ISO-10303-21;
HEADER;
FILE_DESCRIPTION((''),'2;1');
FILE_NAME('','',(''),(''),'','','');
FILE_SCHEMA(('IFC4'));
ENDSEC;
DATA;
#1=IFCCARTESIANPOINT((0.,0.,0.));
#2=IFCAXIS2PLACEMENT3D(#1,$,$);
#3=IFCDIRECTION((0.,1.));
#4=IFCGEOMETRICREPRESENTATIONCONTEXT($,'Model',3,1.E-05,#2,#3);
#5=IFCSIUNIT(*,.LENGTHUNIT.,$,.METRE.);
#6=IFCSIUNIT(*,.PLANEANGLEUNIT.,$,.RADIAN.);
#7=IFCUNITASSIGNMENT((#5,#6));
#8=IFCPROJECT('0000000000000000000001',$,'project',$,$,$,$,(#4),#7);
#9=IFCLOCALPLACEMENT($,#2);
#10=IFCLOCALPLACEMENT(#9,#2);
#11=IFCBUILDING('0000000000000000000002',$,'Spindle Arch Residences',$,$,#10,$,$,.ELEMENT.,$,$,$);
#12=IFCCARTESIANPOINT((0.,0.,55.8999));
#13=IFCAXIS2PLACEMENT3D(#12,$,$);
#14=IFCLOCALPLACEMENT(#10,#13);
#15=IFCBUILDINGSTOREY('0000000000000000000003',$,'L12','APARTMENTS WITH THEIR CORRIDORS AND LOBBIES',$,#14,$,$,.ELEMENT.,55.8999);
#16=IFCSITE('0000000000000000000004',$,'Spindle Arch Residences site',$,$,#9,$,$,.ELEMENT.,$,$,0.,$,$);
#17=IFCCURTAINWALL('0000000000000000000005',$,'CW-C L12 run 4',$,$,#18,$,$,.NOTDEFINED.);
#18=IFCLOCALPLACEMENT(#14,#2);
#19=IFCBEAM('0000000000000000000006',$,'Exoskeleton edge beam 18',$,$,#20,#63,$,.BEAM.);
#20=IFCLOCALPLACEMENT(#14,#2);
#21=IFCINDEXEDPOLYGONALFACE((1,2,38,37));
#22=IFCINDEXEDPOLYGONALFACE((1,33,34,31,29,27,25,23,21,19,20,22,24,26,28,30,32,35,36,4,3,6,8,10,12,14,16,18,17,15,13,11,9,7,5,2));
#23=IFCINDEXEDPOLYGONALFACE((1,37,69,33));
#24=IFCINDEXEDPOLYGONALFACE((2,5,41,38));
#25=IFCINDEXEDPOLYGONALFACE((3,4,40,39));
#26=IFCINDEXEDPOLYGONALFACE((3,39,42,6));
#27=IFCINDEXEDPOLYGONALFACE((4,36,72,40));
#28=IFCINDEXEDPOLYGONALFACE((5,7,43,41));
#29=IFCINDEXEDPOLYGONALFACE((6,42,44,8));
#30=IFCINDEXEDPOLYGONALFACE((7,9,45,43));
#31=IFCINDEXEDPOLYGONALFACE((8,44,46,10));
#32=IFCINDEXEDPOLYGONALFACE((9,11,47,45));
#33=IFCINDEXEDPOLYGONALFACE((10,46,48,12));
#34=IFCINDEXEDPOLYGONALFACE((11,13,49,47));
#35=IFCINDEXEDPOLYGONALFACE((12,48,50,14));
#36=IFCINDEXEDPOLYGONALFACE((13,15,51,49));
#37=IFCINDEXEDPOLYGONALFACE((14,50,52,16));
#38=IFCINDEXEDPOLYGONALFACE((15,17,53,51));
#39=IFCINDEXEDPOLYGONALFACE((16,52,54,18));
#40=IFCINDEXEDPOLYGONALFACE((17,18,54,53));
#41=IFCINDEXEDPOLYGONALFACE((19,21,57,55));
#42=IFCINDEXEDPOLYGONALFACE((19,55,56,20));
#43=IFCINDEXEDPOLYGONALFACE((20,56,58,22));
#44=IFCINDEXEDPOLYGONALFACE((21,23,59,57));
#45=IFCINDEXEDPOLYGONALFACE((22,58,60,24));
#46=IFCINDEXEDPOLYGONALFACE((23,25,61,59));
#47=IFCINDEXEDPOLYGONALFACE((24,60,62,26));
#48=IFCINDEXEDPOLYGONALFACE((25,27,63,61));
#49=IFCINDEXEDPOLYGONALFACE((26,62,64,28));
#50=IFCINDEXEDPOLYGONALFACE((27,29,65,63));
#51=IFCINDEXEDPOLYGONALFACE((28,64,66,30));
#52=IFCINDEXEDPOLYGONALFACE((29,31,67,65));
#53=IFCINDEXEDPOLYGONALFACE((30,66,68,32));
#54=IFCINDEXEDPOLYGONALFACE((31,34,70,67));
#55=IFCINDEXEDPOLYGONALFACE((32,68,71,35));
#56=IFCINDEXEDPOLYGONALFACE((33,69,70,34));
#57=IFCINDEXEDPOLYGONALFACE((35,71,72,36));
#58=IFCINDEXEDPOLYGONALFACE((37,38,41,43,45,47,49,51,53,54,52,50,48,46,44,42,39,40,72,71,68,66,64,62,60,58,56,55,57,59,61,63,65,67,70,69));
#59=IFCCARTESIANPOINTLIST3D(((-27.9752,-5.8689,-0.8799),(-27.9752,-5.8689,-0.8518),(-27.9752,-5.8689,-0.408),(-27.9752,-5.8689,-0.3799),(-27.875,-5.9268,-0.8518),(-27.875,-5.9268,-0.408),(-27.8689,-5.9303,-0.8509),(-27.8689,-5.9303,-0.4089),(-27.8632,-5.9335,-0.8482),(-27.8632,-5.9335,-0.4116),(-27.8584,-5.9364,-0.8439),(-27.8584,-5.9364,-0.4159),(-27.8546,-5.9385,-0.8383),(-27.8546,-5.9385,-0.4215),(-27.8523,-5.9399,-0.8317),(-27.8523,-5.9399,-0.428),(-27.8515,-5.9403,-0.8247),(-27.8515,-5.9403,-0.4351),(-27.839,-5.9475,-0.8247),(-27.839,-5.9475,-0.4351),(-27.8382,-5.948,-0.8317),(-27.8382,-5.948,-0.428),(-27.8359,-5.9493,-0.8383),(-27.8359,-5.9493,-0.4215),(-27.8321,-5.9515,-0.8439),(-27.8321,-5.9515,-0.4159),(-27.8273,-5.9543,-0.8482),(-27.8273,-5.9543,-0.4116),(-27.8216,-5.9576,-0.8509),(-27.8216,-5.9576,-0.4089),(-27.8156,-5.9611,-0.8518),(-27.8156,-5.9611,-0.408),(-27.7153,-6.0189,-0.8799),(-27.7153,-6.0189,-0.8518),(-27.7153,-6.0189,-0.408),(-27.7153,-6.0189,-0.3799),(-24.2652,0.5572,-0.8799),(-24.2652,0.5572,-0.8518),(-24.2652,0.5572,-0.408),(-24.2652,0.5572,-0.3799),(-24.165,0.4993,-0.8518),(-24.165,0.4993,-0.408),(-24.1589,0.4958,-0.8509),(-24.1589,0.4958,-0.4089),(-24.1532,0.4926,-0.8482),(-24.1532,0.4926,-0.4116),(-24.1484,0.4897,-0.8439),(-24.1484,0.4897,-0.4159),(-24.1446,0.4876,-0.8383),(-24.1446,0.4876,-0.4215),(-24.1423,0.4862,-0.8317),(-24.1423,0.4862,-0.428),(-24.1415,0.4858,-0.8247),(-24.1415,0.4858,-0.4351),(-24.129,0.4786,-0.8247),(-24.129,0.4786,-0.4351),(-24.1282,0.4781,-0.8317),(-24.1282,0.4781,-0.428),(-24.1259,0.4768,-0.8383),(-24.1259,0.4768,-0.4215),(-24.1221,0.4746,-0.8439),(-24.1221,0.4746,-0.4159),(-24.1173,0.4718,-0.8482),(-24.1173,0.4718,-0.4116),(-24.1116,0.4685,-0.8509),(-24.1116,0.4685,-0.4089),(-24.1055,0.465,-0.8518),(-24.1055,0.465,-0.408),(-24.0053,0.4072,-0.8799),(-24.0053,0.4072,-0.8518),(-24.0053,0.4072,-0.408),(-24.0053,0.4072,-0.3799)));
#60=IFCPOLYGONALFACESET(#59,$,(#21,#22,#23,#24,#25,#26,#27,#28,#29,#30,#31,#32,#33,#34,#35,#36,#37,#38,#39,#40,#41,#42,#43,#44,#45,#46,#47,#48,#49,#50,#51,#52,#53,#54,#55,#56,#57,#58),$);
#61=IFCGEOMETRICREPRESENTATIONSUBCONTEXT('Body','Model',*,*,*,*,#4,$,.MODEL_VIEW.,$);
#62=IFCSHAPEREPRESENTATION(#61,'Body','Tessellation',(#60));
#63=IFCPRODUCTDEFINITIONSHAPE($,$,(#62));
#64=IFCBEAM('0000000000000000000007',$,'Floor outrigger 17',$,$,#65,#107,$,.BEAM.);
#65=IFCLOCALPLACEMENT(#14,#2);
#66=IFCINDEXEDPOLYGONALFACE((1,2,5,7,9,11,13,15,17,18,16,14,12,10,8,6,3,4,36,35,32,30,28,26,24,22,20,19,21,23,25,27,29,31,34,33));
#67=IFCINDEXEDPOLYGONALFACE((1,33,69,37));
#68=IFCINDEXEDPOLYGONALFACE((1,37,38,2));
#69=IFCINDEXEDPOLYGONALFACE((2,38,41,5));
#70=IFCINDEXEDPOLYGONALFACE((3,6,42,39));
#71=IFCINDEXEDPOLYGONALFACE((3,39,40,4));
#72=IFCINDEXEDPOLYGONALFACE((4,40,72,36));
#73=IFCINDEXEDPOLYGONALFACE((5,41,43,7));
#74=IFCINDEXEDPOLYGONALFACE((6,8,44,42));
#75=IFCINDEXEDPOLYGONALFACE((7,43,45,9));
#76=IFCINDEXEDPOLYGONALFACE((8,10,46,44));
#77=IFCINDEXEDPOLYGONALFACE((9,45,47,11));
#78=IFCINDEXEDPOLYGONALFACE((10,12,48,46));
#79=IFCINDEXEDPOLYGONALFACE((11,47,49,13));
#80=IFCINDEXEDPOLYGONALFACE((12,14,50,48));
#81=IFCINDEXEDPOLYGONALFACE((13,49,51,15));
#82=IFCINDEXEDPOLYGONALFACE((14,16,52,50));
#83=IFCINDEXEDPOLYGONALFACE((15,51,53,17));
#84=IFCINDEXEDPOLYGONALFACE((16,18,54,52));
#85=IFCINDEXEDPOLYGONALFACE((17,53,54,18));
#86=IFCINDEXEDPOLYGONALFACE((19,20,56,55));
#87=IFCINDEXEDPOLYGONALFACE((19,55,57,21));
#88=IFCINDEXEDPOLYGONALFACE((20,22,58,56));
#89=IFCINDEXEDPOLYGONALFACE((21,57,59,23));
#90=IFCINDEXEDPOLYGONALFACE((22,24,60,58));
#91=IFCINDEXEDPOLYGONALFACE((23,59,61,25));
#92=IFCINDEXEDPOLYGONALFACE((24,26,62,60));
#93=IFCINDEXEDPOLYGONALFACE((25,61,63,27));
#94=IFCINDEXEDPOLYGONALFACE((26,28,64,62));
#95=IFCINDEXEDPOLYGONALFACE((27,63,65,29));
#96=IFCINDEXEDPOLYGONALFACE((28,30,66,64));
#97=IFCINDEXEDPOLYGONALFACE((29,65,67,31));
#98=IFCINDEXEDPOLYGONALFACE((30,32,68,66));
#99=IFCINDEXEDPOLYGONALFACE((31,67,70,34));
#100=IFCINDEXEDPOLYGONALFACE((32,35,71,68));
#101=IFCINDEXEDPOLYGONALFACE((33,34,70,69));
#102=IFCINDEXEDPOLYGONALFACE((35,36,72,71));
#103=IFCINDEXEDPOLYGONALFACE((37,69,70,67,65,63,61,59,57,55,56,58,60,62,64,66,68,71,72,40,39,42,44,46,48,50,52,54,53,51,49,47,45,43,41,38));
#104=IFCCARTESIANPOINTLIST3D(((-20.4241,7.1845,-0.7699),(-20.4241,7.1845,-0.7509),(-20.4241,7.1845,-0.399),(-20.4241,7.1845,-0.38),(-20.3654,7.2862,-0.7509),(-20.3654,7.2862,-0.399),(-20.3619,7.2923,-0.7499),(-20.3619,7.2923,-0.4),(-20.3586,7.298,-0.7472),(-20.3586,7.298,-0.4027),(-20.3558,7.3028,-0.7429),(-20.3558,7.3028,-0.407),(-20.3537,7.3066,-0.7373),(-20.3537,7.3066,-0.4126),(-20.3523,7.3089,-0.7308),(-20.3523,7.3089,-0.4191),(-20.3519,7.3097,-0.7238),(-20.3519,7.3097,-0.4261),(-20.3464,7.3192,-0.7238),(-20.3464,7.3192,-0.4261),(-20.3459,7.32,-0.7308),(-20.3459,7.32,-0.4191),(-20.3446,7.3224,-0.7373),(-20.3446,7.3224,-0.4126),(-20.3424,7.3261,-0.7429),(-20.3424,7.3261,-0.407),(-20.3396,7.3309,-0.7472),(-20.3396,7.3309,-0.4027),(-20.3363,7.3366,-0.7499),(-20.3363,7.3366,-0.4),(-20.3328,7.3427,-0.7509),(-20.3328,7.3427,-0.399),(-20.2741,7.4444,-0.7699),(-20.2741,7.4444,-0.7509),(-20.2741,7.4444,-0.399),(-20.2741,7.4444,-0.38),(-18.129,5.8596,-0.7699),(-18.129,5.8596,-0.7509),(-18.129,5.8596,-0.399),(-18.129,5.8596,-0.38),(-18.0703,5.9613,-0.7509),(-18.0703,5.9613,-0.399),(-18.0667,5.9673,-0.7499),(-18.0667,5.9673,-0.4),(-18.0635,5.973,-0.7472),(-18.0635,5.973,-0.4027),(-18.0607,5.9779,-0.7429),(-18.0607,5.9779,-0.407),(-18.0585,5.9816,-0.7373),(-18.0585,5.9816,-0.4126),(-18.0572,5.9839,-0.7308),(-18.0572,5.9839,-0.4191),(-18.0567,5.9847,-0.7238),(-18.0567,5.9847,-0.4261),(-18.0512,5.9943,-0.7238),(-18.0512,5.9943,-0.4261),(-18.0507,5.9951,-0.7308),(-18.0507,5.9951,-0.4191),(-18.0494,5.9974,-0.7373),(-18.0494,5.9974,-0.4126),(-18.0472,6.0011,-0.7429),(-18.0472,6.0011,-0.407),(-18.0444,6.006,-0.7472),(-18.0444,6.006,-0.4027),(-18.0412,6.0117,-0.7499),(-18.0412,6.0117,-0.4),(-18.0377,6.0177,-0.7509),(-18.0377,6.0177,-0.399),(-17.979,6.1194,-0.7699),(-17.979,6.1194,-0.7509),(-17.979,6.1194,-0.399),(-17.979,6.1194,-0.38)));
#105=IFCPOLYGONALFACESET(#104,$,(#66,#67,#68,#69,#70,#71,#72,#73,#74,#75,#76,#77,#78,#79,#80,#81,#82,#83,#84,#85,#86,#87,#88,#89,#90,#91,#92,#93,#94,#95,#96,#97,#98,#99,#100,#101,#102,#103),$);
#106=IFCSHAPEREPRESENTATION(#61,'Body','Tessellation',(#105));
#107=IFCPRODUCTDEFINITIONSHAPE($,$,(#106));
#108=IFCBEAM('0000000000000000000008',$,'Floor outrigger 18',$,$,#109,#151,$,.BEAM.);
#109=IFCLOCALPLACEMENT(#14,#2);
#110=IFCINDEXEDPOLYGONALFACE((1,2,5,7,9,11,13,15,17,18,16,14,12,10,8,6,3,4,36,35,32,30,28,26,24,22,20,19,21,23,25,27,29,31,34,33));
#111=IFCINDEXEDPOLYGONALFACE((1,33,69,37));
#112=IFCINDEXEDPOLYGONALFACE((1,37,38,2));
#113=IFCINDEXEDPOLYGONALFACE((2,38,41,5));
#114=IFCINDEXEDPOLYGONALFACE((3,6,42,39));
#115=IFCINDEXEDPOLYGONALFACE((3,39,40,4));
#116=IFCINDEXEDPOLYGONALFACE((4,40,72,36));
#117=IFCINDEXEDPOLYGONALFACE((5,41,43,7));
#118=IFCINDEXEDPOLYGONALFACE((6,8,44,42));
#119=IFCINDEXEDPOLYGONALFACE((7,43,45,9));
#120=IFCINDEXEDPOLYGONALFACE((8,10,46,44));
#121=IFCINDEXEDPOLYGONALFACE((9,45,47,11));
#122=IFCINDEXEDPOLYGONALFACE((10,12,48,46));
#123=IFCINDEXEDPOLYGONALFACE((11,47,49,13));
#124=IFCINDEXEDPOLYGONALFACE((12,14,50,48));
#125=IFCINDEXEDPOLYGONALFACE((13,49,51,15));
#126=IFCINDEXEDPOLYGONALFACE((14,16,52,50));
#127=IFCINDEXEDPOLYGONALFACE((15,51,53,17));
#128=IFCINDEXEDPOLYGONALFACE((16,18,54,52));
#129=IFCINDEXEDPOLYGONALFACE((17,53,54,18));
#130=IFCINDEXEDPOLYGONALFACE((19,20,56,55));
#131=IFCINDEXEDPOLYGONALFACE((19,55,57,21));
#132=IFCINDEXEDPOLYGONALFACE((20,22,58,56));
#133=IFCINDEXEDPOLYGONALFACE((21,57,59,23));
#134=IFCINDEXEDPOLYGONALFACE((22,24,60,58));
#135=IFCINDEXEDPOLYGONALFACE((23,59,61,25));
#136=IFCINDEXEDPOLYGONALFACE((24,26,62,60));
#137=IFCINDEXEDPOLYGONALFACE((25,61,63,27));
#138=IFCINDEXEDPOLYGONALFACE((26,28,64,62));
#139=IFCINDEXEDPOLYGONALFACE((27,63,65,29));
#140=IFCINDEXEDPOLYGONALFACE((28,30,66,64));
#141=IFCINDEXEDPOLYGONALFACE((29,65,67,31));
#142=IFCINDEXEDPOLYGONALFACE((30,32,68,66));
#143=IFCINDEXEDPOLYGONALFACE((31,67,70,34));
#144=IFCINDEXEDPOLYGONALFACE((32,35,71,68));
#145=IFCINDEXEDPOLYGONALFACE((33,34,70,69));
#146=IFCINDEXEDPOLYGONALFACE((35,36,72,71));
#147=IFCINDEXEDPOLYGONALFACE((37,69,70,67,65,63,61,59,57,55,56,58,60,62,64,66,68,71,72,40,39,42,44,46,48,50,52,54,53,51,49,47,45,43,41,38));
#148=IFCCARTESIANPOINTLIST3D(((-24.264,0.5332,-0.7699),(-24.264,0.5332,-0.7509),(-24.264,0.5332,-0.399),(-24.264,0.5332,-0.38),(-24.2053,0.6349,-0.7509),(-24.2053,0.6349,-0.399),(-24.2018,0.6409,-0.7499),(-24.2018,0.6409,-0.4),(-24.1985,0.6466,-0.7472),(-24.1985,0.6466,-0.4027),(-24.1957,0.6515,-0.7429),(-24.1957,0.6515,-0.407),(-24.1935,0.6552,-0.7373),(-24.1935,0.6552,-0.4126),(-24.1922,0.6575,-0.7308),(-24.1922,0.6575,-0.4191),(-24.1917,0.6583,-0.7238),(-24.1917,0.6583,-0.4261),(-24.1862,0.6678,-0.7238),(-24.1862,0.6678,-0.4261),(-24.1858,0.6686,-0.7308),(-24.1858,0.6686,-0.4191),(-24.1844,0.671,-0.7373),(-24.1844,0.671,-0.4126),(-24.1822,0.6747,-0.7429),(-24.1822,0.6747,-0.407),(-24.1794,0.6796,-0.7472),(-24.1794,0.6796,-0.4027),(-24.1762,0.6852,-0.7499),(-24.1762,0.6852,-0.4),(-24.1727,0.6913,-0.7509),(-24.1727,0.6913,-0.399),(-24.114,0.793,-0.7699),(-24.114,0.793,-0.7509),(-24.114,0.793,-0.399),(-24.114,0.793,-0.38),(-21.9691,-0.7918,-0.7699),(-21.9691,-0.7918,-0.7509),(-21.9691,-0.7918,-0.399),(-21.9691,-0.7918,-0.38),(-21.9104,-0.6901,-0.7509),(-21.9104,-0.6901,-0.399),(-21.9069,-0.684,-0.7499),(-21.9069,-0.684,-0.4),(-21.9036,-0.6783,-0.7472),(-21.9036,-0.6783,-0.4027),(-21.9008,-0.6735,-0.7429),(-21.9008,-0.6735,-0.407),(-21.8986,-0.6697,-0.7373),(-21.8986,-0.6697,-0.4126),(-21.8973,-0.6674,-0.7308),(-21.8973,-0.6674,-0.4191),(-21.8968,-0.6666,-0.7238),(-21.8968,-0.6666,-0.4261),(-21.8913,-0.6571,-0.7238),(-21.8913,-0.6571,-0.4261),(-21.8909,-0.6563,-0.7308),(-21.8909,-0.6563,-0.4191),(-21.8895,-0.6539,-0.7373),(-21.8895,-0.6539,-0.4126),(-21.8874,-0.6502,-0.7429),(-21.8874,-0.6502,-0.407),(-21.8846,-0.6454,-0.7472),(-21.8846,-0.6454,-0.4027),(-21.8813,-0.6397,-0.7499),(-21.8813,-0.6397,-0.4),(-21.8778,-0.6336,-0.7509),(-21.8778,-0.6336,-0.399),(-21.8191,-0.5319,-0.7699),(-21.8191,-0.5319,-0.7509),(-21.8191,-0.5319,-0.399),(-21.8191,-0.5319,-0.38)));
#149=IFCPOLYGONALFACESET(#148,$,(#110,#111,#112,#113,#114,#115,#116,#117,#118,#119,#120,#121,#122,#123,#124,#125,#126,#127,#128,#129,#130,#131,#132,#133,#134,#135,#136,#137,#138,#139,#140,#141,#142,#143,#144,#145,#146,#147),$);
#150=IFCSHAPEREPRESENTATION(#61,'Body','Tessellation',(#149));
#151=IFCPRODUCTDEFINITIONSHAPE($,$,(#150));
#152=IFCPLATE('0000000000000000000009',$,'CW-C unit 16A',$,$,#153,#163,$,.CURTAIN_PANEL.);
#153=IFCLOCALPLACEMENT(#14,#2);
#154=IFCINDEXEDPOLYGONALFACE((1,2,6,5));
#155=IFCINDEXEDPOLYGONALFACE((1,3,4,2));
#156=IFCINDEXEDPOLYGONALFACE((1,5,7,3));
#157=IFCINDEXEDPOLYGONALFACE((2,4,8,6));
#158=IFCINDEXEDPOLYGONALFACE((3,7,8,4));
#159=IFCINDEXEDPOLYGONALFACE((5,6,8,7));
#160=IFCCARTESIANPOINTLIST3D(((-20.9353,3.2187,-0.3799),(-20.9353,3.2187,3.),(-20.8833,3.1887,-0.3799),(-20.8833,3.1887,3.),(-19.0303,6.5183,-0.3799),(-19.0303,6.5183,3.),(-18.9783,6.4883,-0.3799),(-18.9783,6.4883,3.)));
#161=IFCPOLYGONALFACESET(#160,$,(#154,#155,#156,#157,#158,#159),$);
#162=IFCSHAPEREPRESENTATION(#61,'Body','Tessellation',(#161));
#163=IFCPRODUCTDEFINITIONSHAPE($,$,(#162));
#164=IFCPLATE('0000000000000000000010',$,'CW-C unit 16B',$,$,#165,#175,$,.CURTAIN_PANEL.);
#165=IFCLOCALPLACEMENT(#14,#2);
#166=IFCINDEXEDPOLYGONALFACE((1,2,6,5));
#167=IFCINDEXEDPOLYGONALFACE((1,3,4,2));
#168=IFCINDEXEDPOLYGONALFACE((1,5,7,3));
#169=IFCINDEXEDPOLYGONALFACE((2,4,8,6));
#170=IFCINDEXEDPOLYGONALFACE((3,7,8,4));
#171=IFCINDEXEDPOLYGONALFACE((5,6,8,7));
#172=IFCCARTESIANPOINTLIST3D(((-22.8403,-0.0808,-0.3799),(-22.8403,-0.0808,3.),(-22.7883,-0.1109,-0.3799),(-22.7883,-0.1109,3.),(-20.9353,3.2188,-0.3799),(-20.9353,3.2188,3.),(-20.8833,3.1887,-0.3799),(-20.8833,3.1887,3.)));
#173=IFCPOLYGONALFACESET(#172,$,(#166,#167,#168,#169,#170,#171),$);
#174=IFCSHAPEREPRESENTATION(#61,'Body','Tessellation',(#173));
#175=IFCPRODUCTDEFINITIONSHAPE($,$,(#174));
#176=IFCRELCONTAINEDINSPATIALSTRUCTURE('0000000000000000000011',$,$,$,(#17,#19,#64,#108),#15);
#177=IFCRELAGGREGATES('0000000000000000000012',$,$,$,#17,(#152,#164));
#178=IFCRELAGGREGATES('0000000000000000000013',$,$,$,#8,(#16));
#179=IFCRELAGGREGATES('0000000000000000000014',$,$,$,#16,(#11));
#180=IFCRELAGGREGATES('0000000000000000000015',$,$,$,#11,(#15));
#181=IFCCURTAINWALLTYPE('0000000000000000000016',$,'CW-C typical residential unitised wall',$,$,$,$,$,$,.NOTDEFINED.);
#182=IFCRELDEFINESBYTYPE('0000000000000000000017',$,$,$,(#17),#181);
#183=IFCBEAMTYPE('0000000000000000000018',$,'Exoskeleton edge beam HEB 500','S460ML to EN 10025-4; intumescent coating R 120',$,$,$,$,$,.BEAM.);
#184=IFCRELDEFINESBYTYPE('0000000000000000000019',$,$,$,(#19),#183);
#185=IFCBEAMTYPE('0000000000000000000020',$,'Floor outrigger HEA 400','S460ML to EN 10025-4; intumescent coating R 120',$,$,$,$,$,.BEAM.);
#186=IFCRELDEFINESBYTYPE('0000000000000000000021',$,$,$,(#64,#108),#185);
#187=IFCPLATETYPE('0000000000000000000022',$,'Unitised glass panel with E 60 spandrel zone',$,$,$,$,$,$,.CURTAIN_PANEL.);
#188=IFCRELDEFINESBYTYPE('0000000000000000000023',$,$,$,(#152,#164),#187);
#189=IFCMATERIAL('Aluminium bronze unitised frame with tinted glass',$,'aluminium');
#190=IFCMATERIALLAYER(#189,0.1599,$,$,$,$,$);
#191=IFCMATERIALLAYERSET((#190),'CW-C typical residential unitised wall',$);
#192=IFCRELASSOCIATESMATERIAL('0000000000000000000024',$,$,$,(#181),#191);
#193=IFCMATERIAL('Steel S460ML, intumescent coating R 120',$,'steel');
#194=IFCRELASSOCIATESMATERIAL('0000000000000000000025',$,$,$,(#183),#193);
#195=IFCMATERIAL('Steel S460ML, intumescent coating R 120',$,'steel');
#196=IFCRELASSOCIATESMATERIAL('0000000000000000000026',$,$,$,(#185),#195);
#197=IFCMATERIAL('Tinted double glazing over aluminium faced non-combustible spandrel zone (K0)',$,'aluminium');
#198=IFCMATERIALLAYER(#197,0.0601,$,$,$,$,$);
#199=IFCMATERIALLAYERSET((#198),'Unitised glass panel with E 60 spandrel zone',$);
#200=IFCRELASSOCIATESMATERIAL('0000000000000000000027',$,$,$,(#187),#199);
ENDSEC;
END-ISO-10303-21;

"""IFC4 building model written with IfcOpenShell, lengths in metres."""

from ifc_helpers import new_model, si_unit, direction, frame, origin, origin_2d, place, context, subcontext, project, spatial, rectangle, i_section, extrude, material, layer, layer_set, material_profile, profile_set, type_object, element, aggregate, save


model = new_model("IFC4")

# Units and contexts
model_context = context("Model", 3, precision=1e-05, world=origin(), true_north=direction((0.0, 1.0)))
body_context = subcontext(model_context, "Body", "Model", "MODEL_VIEW")
ifc_project = project(units=[si_unit("LENGTHUNIT", "METRE"), si_unit("PLANEANGLEUNIT", "RADIAN")], contexts=[model_context])

# Site, building, storey
site_placement = place(None, origin())
site = spatial("IfcSite", under=ifc_project, at=site_placement, Name="Spindle Arch Residences site", CompositionType="ELEMENT", RefElevation=0.0)
building_placement = place(site_placement, origin())
building = spatial("IfcBuilding", under=site, at=building_placement, Name="Spindle Arch Residences", CompositionType="ELEMENT")
storey_placement = place(building_placement, frame((0.0, 0.0, 55.8999)))
storey = spatial("IfcBuildingStorey", under=building, at=storey_placement, Name="L12", Description="APARTMENTS WITH THEIR CORRIDORS AND LOBBIES", CompositionType="ELEMENT", Elevation=55.8999)

# Curtain wall
ifc_material_1 = material(Name="Aluminium bronze unitised frame with tinted glass", Category="aluminium")
ifc_layer_1 = layer(ifc_material_1, 0.1599)
ifc_layer_set_1 = layer_set([ifc_layer_1], Name="CW-C typical residential unitised wall")
curtain_wall_type = type_object("IfcCurtainWallType", Name="CW-C typical residential unitised wall", PredefinedType="NOTDEFINED", material=ifc_layer_set_1)
curtain_wall_placement = place(storey_placement, origin())
curtain_wall = element("IfcCurtainWall", 1, at=curtain_wall_placement, inside=storey, type_object=curtain_wall_type, Name="CW-C L12 run 4", PredefinedType="NOTDEFINED")

# Beams
ifc_material_2 = material(Name="Steel S460ML, intumescent coating R 120", Category="steel")
ifc_material_profile_1 = material_profile(ifc_material_2, i_section(OverallWidth=0.3, OverallDepth=0.5, WebThickness=0.0144, FlangeThickness=0.0281, FilletRadius=0.0271, at=origin_2d()), Name="HEB 500")
ifc_profile_set_1 = profile_set([ifc_material_profile_1], Name="Steel S460ML, intumescent coating R 120")
beam_type_1 = type_object("IfcBeamType", Name="Exoskeleton edge beam HEB 500", Description="S460ML to EN 10025-4; intumescent coating R 120", PredefinedType="BEAM", material=ifc_profile_set_1)
for number, where, z_axis, x_axis, name in (
    (2, (-24.1353, 0.4822, -0.6299), (-0.499989, -0.866032, 0.0), (0.866032, -0.499989, 0.0), "Exoskeleton edge beam 18"),
):
    element("IfcBeam", number, at=place(storey_placement, frame(where, z_axis=z_axis, x_axis=x_axis)), inside=storey, type_object=beam_type_1, Name=name, PredefinedType="BEAM", context=body_context, shape_type="SweptSolid", body=[
        extrude(i_section(OverallWidth=0.3, OverallDepth=0.5, WebThickness=0.0144, FlangeThickness=0.0281, FilletRadius=0.0271, at=origin_2d()), origin(), (0.0, 0.0, 1.0), 7.4202),
    ])
ifc_material_3 = material(Name="Steel S460ML, intumescent coating R 120", Category="steel")
ifc_material_profile_2 = material_profile(ifc_material_3, i_section(OverallWidth=0.3, OverallDepth=0.3899, WebThickness=0.011, FlangeThickness=0.019, FilletRadius=0.0271, at=origin_2d()), Name="HEA 400")
ifc_profile_set_2 = profile_set([ifc_material_profile_2], Name="Steel S460ML, intumescent coating R 120")
beam_type_2 = type_object("IfcBeamType", Name="Floor outrigger HEA 400", Description="S460ML to EN 10025-4; intumescent coating R 120", PredefinedType="BEAM", material=ifc_profile_set_2)
beam_1_placement = place(storey_placement, frame((-20.3491, 7.3145, -0.575), z_axis=(0.866052, -0.499954, 0.0), x_axis=(0.499954, 0.866052, 0.0)))
element("IfcBeam", 3, at=beam_1_placement, inside=storey, type_object=beam_type_2, Name="Floor outrigger 17", PredefinedType="BEAM", context=body_context, shape_type="SweptSolid", body=[
    extrude(i_section(OverallWidth=0.3, OverallDepth=0.3899, WebThickness=0.011, FlangeThickness=0.019, FilletRadius=0.0271, at=origin_2d()), origin(), (0.0, 0.0, 1.0), 2.6501),
])
beam_2_placement = place(storey_placement, frame((-24.189, 0.6631, -0.575), z_axis=(0.866029, -0.499994, 0.0), x_axis=(0.499994, 0.866029, 0.0)))
element("IfcBeam", 4, at=beam_2_placement, inside=storey, type_object=beam_type_2, Name="Floor outrigger 18", PredefinedType="BEAM", context=body_context, shape_type="SweptSolid", body=[
    extrude(i_section(OverallWidth=0.3, OverallDepth=0.3899, WebThickness=0.011, FlangeThickness=0.019, FilletRadius=0.0271, at=origin_2d()), origin(), (0.0, 0.0, 1.0), 2.6499),
])

# Plates
ifc_material_4 = material(Name="Tinted double glazing over aluminium faced non-combustible spandrel zone (K0)", Category="aluminium")
ifc_layer_2 = layer(ifc_material_4, 0.0601)
ifc_layer_set_2 = layer_set([ifc_layer_2], Name="Unitised glass panel with E 60 spandrel zone")
plate_type = type_object("IfcPlateType", Name="Unitised glass panel with E 60 spandrel zone", PredefinedType="CURTAIN_PANEL", material=ifc_layer_set_2)
plate_1_placement = place(storey_placement, frame((-19.9568, 4.8535, -0.3799), z_axis=(0.0, 0.0, 1.0), x_axis=(-0.5, -0.866025, 0.0)))
plate_1 = element("IfcPlate", 5, at=plate_1_placement, type_object=plate_type, Name="CW-C unit 16A", PredefinedType="CURTAIN_PANEL", context=body_context, shape_type="SweptSolid", body=[
    extrude(rectangle(XDim=3.8101, YDim=0.0601, at=origin_2d()), origin(), (0.0, 0.0, 1.0), 3.3799),
])
plate_2_placement = place(storey_placement, frame((-21.8618, 1.554, -0.3799), z_axis=(0.0, 0.0, 1.0), x_axis=(-0.5, -0.866025, 0.0)))
plate_2 = element("IfcPlate", 6, at=plate_2_placement, type_object=plate_type, Name="CW-C unit 16B", PredefinedType="CURTAIN_PANEL", context=body_context, shape_type="SweptSolid", body=[
    extrude(rectangle(XDim=3.8101, YDim=0.0601, at=origin_2d()), origin(), (0.0, 0.0, 1.0), 3.3799),
])
aggregate(curtain_wall, [plate_1, plate_2])

save(model, "model.ifc")
